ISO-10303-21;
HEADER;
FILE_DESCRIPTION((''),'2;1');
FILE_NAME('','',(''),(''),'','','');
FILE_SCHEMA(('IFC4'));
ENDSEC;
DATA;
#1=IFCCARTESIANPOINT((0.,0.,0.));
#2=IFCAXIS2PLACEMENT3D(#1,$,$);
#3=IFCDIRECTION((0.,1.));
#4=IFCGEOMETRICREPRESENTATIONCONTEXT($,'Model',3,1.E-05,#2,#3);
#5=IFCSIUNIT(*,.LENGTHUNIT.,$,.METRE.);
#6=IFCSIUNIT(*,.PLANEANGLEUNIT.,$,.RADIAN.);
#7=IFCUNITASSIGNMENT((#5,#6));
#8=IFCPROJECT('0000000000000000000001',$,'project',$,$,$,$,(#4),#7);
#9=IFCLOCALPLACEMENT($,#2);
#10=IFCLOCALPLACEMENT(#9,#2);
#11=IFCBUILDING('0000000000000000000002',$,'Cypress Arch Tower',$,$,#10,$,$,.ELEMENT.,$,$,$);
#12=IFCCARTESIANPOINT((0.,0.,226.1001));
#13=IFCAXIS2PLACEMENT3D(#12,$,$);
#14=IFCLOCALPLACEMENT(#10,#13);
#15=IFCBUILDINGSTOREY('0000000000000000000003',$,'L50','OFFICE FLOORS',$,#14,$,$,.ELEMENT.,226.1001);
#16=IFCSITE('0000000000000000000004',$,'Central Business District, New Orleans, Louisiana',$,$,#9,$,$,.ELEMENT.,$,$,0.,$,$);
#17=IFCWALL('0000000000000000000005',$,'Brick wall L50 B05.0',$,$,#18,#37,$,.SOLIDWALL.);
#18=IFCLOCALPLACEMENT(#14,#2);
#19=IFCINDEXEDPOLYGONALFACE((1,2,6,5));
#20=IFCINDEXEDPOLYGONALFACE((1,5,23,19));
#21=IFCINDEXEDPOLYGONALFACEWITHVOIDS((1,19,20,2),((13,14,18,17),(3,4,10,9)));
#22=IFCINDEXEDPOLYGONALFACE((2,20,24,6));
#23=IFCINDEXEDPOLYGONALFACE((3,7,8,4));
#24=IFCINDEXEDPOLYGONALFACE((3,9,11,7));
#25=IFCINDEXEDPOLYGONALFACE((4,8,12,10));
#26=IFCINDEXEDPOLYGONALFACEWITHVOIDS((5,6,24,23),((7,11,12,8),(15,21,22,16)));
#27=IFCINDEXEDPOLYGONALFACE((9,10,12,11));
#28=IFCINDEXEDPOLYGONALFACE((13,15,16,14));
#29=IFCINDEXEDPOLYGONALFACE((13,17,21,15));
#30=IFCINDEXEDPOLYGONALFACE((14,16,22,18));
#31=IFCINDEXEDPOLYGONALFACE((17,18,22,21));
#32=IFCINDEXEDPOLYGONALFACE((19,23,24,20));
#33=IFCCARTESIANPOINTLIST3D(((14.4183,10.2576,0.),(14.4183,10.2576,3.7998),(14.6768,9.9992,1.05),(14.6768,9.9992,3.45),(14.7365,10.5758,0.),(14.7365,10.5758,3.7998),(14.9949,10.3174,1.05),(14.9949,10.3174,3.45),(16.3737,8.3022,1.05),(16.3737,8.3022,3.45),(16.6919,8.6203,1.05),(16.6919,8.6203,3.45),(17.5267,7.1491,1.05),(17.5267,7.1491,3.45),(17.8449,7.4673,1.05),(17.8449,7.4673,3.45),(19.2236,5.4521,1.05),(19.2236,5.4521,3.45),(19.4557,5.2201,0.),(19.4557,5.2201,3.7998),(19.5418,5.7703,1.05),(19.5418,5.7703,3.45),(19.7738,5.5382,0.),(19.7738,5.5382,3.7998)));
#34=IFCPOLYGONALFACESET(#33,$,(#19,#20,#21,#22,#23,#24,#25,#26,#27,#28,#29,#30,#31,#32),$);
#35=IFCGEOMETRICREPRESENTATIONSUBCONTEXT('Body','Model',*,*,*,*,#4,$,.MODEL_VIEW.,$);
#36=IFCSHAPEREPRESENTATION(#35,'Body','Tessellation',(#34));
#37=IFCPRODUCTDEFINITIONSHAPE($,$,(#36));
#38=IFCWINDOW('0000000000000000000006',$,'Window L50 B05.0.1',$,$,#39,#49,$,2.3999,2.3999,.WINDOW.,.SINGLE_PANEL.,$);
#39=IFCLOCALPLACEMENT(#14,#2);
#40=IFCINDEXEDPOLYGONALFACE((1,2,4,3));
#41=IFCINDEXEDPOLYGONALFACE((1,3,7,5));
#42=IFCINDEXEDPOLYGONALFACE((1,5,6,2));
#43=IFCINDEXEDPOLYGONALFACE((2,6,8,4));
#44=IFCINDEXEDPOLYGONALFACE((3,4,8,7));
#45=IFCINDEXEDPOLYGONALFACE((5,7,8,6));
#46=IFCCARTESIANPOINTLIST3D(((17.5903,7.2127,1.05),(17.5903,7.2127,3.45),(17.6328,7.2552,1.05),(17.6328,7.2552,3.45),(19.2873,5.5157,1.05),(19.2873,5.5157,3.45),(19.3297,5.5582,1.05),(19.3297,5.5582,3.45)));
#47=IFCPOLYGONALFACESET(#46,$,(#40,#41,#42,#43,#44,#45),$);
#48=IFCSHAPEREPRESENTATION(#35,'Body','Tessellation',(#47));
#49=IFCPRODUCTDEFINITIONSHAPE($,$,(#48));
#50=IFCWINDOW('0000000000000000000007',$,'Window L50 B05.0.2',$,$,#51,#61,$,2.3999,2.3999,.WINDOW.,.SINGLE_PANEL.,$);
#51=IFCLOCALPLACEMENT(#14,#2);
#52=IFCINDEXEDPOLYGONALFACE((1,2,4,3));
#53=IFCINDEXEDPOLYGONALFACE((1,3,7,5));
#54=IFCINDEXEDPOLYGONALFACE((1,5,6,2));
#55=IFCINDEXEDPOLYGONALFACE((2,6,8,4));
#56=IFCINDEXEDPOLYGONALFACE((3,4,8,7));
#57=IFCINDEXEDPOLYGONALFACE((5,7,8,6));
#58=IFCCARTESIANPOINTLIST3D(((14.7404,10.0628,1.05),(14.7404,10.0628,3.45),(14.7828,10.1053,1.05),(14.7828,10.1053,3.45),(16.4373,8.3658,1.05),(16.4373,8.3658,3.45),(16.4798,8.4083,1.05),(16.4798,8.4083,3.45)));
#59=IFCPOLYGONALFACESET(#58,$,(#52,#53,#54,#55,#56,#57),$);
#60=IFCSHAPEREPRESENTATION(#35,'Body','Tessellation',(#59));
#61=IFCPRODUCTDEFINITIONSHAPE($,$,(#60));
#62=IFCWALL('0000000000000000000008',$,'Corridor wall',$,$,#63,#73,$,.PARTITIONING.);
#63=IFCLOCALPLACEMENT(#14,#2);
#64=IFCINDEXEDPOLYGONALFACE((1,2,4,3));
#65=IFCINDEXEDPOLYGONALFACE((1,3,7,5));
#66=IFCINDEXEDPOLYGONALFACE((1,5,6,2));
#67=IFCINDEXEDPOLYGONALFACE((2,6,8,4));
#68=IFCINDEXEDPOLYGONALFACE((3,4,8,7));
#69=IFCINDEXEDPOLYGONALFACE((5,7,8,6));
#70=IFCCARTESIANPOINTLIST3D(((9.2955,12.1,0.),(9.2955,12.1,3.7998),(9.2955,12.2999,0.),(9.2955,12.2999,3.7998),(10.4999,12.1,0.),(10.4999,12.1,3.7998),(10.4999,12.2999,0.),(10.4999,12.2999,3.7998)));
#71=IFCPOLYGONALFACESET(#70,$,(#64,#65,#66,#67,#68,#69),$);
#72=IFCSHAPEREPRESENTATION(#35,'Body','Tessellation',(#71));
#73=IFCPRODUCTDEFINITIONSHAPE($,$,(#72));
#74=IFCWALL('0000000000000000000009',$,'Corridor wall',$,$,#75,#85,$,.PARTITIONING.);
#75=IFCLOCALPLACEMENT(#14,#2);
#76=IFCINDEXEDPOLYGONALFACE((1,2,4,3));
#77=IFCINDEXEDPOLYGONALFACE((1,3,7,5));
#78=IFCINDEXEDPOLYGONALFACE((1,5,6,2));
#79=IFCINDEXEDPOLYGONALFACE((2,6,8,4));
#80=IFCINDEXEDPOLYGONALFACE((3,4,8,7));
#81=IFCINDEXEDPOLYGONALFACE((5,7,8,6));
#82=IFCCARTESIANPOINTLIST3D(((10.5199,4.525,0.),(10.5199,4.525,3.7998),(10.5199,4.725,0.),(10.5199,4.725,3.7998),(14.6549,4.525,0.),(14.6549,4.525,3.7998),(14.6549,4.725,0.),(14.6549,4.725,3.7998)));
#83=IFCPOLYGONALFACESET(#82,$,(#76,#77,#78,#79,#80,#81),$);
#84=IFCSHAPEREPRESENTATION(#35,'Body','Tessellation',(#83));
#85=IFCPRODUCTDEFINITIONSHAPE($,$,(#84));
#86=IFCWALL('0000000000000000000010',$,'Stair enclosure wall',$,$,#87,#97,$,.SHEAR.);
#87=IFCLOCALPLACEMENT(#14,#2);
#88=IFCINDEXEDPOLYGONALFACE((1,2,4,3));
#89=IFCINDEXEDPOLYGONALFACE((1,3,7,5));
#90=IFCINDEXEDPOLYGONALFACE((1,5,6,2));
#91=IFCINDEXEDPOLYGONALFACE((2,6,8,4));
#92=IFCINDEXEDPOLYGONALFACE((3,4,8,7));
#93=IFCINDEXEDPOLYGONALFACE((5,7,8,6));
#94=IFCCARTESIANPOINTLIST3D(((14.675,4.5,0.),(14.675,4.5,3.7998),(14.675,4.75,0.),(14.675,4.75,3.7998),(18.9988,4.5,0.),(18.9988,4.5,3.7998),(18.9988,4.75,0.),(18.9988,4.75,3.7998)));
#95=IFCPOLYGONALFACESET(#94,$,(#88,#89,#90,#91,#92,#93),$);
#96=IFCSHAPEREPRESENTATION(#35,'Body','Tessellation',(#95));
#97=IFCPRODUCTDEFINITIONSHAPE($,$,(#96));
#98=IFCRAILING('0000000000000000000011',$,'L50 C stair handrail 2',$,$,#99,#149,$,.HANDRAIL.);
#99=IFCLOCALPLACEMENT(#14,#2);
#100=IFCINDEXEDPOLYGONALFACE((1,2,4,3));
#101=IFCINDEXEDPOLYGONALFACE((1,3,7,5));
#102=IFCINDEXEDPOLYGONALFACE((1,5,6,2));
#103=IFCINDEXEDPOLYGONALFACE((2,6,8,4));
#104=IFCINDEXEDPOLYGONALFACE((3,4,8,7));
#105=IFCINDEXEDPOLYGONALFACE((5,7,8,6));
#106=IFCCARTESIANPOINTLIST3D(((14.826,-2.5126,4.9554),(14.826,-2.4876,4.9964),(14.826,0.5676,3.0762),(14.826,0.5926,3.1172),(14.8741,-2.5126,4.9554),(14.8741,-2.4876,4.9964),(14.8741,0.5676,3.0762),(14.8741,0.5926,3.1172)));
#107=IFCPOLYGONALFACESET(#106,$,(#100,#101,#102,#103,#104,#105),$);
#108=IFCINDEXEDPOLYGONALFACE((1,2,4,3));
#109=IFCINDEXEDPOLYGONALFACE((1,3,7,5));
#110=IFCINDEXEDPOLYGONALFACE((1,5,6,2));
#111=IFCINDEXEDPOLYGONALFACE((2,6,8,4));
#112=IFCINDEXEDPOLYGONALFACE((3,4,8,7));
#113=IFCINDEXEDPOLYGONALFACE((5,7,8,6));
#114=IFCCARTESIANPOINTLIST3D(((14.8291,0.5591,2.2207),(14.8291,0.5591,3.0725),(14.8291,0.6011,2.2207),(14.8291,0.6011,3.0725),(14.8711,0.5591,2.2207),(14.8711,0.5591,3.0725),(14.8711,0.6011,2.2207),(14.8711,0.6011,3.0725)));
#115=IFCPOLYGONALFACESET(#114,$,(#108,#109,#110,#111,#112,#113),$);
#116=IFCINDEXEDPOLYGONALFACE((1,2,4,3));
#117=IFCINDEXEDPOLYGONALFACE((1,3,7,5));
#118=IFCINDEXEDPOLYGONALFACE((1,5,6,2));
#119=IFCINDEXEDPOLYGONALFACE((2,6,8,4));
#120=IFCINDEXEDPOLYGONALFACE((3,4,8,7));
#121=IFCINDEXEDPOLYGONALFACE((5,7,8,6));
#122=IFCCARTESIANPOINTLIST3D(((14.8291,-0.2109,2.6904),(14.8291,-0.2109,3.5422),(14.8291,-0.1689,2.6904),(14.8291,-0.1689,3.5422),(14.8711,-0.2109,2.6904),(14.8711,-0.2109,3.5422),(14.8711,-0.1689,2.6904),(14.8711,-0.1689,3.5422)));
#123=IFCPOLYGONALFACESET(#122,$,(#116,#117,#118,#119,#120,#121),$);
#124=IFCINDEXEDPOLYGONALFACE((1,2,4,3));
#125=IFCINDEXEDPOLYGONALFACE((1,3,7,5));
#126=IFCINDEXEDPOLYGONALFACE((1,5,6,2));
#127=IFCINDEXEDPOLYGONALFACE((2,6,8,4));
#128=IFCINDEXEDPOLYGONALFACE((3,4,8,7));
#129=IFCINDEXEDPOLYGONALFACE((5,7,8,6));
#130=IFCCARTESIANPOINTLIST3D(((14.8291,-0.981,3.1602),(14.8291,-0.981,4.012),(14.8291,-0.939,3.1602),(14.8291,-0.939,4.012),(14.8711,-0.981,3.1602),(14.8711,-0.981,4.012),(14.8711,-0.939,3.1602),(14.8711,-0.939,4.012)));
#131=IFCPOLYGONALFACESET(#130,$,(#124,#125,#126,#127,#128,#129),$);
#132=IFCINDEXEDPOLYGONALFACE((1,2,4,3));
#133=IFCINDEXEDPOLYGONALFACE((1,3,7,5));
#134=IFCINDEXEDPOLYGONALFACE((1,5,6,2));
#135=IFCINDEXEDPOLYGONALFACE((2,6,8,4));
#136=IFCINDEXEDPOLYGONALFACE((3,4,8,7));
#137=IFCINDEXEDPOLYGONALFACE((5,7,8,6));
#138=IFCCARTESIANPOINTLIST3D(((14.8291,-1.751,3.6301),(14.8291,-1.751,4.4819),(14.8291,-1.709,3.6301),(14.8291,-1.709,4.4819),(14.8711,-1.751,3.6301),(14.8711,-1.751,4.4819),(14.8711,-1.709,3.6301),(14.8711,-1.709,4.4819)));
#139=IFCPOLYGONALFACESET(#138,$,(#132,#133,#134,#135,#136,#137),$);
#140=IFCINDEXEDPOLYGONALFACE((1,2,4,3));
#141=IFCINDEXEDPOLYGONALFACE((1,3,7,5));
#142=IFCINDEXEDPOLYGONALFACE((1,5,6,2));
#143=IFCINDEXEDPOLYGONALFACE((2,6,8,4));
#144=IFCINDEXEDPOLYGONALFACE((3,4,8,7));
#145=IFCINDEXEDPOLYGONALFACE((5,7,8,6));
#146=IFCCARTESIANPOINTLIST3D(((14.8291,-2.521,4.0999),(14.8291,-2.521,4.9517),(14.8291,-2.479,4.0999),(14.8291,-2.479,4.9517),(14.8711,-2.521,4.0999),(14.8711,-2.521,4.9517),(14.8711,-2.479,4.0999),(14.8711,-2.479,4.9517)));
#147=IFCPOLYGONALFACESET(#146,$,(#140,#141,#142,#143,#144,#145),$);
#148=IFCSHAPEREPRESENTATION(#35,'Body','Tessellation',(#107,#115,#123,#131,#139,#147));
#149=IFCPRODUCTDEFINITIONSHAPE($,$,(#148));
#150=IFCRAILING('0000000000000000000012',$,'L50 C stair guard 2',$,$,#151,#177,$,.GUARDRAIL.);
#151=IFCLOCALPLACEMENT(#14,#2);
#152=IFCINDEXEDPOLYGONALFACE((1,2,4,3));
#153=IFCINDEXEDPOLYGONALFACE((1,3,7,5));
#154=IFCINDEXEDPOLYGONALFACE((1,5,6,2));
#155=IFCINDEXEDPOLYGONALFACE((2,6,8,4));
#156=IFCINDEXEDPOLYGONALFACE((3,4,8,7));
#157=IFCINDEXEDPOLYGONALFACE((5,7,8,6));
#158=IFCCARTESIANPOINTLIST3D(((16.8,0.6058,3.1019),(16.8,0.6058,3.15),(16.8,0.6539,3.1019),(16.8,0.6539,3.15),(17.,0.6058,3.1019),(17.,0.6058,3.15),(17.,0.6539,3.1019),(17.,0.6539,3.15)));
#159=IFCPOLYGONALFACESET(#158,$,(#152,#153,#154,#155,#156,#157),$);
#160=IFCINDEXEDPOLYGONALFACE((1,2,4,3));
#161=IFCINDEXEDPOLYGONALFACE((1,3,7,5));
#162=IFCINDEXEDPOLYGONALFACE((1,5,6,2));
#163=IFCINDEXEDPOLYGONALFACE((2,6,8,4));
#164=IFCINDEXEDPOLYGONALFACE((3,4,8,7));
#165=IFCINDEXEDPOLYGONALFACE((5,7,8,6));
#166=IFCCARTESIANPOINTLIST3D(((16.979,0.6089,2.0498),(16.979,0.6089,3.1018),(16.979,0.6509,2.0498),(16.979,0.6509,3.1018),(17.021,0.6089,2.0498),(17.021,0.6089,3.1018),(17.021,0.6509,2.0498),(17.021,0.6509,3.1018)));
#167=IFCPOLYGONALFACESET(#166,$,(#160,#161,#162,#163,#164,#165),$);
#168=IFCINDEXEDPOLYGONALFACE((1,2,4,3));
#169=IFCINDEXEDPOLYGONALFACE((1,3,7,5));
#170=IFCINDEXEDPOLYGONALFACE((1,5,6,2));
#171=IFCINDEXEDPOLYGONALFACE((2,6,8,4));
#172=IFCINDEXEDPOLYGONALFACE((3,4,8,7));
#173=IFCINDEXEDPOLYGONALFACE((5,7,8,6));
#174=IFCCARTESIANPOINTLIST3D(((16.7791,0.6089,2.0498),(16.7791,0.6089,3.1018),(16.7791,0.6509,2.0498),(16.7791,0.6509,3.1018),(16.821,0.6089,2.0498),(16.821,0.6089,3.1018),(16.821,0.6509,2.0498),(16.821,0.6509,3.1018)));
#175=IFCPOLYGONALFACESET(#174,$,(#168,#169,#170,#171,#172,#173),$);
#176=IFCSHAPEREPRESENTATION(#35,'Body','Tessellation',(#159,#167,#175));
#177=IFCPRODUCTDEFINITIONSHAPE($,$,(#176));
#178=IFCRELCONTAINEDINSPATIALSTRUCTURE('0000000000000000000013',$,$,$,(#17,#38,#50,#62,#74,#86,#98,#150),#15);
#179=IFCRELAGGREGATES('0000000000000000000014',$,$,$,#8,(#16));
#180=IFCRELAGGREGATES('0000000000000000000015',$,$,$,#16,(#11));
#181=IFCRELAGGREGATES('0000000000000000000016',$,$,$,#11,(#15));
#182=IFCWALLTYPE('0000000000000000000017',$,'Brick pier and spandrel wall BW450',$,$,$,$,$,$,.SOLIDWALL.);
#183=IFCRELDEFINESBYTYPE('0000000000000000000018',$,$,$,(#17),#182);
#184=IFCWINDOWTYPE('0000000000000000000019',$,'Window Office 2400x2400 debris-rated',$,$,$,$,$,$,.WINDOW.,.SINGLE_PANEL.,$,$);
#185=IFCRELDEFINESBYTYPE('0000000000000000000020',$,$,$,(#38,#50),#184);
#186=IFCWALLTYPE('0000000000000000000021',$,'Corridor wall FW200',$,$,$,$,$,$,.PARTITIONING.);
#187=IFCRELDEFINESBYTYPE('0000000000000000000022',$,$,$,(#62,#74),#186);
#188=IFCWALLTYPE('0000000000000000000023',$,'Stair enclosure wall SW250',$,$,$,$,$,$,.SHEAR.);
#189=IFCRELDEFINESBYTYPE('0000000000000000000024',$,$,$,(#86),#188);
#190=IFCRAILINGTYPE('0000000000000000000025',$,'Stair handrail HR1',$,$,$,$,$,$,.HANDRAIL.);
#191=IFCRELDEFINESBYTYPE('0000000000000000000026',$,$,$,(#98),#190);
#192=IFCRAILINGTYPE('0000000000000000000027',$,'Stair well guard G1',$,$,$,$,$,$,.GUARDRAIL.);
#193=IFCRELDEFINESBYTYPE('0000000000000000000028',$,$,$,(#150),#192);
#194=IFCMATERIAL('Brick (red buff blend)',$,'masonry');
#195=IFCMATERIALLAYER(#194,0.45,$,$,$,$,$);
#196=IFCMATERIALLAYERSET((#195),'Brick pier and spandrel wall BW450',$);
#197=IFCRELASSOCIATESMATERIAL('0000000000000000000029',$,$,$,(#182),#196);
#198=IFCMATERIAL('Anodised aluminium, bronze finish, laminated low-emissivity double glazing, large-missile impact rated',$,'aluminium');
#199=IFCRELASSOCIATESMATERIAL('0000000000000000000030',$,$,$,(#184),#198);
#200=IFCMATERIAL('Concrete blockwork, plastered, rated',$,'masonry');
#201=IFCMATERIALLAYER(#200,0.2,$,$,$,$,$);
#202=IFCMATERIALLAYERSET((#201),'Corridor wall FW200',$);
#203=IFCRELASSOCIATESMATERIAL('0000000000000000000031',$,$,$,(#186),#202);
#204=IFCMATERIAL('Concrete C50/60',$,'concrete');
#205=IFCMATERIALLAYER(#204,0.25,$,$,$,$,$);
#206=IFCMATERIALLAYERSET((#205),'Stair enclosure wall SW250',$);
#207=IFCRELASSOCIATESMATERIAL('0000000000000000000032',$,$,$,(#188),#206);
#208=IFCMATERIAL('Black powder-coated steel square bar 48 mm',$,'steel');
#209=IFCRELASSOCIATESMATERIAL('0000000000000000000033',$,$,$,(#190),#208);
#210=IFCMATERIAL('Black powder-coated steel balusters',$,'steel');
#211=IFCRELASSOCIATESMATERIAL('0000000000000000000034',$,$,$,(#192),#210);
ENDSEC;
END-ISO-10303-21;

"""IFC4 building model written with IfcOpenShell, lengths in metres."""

from ifc_helpers import new_model, si_unit, direction, frame, frame_2d, origin, origin_2d, place, context, subcontext, project, spatial, rectangle, extrude, material, layer, layer_set, type_object, element, fill, save


model = new_model("IFC4")

# Units and contexts
model_context = context("Model", 3, precision=1e-05, world=origin(), true_north=direction((0.0, 1.0)))
body_context = subcontext(model_context, "Body", "Model", "MODEL_VIEW")
ifc_project = project(units=[si_unit("LENGTHUNIT", "METRE"), si_unit("PLANEANGLEUNIT", "RADIAN")], contexts=[model_context])

# Site, building, storey
site_placement = place(None, origin())
site = spatial("IfcSite", under=ifc_project, at=site_placement, Name="Central Business District, New Orleans, Louisiana", CompositionType="ELEMENT", RefElevation=0.0)
building_placement = place(site_placement, origin())
building = spatial("IfcBuilding", under=site, at=building_placement, Name="Cypress Arch Tower", CompositionType="ELEMENT")
storey_placement = place(building_placement, frame((0.0, 0.0, 226.1001)))
storey = spatial("IfcBuildingStorey", under=building, at=storey_placement, Name="L50", Description="OFFICE FLOORS", CompositionType="ELEMENT", Elevation=226.1001)

# Wall, openings, windows
ifc_material_1 = material(Name="Brick (red buff blend)", Category="masonry")
ifc_layer_1 = layer(ifc_material_1, 0.45)
ifc_layer_set_1 = layer_set([ifc_layer_1], Name="Brick pier and spandrel wall BW450")
wall_type_1 = type_object("IfcWallType", Name="Brick pier and spandrel wall BW450", PredefinedType="SOLIDWALL", material=ifc_layer_set_1)
wall_1_placement = place(storey_placement, frame((19.6147, 5.3792, 0.0), z_axis=(0.0, 0.0, 1.0), x_axis=(-0.70709, 0.707124, 0.0)))
wall_1 = element("IfcWall", 1, at=wall_1_placement, inside=storey, type_object=wall_type_1, Name="Brick wall L50 B05.0", PredefinedType="SOLIDWALL", context=body_context, shape_type="SweptSolid", body=[
    extrude(rectangle(XDim=7.124, YDim=0.45, at=frame_2d((3.562, 0.0))), origin(), (0.0, 0.0, 1.0), 3.7998),
])
opening_1_placement = place(wall_1_placement, frame((0.3281, 0.0, 1.05)))
opening_1 = element("IfcOpeningElement", 2, at=opening_1_placement, cuts=wall_1, PredefinedType="OPENING", context=body_context, shape_type="SweptSolid", body=[
    extrude(rectangle(XDim=2.3999, YDim=2.3999, at=frame_2d((1.2, 1.2))), frame((0.0, 0.2349, 0.0), z_axis=(0.0, -1.0, 0.0), x_axis=(1.0, 0.0, 0.0)), (0.0, 0.0, 1.0), 0.47),
])
opening_2_placement = place(wall_1_placement, frame((4.3586, 0.0, 1.05)))
opening_2 = element("IfcOpeningElement", 3, at=opening_2_placement, cuts=wall_1, PredefinedType="OPENING", context=body_context, shape_type="SweptSolid", body=[
    extrude(rectangle(XDim=2.3999, YDim=2.3999, at=frame_2d((1.2, 1.2))), frame((0.0, 0.2349, 0.0), z_axis=(0.0, -1.0, 0.0), x_axis=(1.0, 0.0, 0.0)), (0.0, 0.0, 1.0), 0.47),
])
ifc_material_2 = material(Name="Anodised aluminium, bronze finish, laminated low-emissivity double glazing, large-missile impact rated", Category="aluminium")
window_type = type_object("IfcWindowType", Name="Window Office 2400x2400 debris-rated", PartitioningType="SINGLE_PANEL", PredefinedType="WINDOW", material=ifc_material_2)
window_1_placement = place(opening_1_placement, origin())
window_1 = element("IfcWindow", 4, at=window_1_placement, inside=storey, type_object=window_type, Name="Window L50 B05.0.1", OverallHeight=2.3999, OverallWidth=2.3999, PartitioningType="SINGLE_PANEL", PredefinedType="WINDOW", context=body_context, shape_type="SweptSolid", body=[
    extrude(rectangle(XDim=2.3999, YDim=2.3999, at=frame_2d((1.2, 1.2))), frame((0.0, 0.135, 0.0), z_axis=(0.0, -1.0, 0.0), x_axis=(1.0, 0.0, 0.0)), (0.0, 0.0, 1.0), 0.0601),
])
fill(opening_1, window_1)
window_2_placement = place(opening_2_placement, origin())
window_2 = element("IfcWindow", 5, at=window_2_placement, inside=storey, type_object=window_type, Name="Window L50 B05.0.2", OverallHeight=2.3999, OverallWidth=2.3999, PartitioningType="SINGLE_PANEL", PredefinedType="WINDOW", context=body_context, shape_type="SweptSolid", body=[
    extrude(rectangle(XDim=2.3999, YDim=2.3999, at=frame_2d((1.2, 1.2))), frame((0.0, 0.135, 0.0), z_axis=(0.0, -1.0, 0.0), x_axis=(1.0, 0.0, 0.0)), (0.0, 0.0, 1.0), 0.0601),
])
fill(opening_2, window_2)

# Walls
ifc_material_3 = material(Name="Concrete blockwork, plastered, rated", Category="masonry")
ifc_layer_2 = layer(ifc_material_3, 0.2)
ifc_layer_set_2 = layer_set([ifc_layer_2], Name="Corridor wall FW200")
wall_type_2 = type_object("IfcWallType", Name="Corridor wall FW200", PredefinedType="PARTITIONING", material=ifc_layer_set_2)
wall_2_placement = place(storey_placement, frame((9.2957, 12.2, 0.0), z_axis=(0.0, 0.0, 1.0), x_axis=(1.0, 0.0, 0.0)))
element("IfcWall", 6, at=wall_2_placement, inside=storey, type_object=wall_type_2, Name="Corridor wall", PredefinedType="PARTITIONING", context=body_context, shape_type="SweptSolid", body=[
    extrude(rectangle(XDim=1.2043, YDim=0.2, at=frame_2d((0.6021, 0.0))), origin(), (0.0, 0.0, 1.0), 3.7998),
])
wall_3_placement = place(storey_placement, frame((10.52, 4.625, 0.0), z_axis=(0.0, 0.0, 1.0), x_axis=(1.0, 0.0, 0.0)))
element("IfcWall", 7, at=wall_3_placement, inside=storey, type_object=wall_type_2, Name="Corridor wall", PredefinedType="PARTITIONING", context=body_context, shape_type="SweptSolid", body=[
    extrude(rectangle(XDim=4.135, YDim=0.2, at=frame_2d((2.0674, 0.0))), origin(), (0.0, 0.0, 1.0), 3.7998),
])
ifc_material_4 = material(Name="Concrete C50/60", Category="concrete")
ifc_layer_3 = layer(ifc_material_4, 0.25)
ifc_layer_set_3 = layer_set([ifc_layer_3], Name="Stair enclosure wall SW250")
wall_type_3 = type_object("IfcWallType", Name="Stair enclosure wall SW250", PredefinedType="SHEAR", material=ifc_layer_set_3)
wall_4_placement = place(storey_placement, frame((14.675, 4.625, 0.0), z_axis=(0.0, 0.0, 1.0), x_axis=(1.0, 0.0, 0.0)))
element("IfcWall", 8, at=wall_4_placement, inside=storey, type_object=wall_type_3, Name="Stair enclosure wall", PredefinedType="SHEAR", context=body_context, shape_type="SweptSolid", body=[
    extrude(rectangle(XDim=4.3237, YDim=0.25, at=frame_2d((2.1619, 0.0))), origin(), (0.0, 0.0, 1.0), 3.7998),
])

# Railings
ifc_material_5 = material(Name="Black powder-coated steel square bar 48 mm", Category="steel")
railing_type_1 = type_object("IfcRailingType", Name="Stair handrail HR1", PredefinedType="HANDRAIL", material=ifc_material_5)
railing_1_placement = place(storey_placement, frame((14.8501, 0.5801, 2.2207)))
element("IfcRailing", 9, at=railing_1_placement, inside=storey, type_object=railing_type_1, Name="L50 C stair handrail 2", PredefinedType="HANDRAIL", context=body_context, shape_type="SweptSolid", body=[
    extrude(rectangle(XDim=0.0481, YDim=0.0481, at=origin_2d()), frame((0.0, 0.0, 0.876), z_axis=(0.0, -0.853666, 0.52082), x_axis=(1.0, 0.0, 0.0)), (0.0, 0.0, 1.0), 3.6082),
    extrude(rectangle(XDim=0.042, YDim=0.042, at=origin_2d()), origin(), (0.0, 0.0, 1.0), 0.8518),
    extrude(rectangle(XDim=0.042, YDim=0.042, at=origin_2d()), frame((0.0, -0.77, 0.4697)), (0.0, 0.0, 1.0), 0.8518),
    extrude(rectangle(XDim=0.042, YDim=0.042, at=origin_2d()), frame((0.0, -1.54, 0.9395)), (0.0, 0.0, 1.0), 0.8518),
    extrude(rectangle(XDim=0.042, YDim=0.042, at=origin_2d()), frame((0.0, -2.3101, 1.4094)), (0.0, 0.0, 1.0), 0.8518),
    extrude(rectangle(XDim=0.042, YDim=0.042, at=origin_2d()), frame((0.0, -3.0801, 1.8792)), (0.0, 0.0, 1.0), 0.8518),
])
ifc_material_6 = material(Name="Black powder-coated steel balusters", Category="steel")
railing_type_2 = type_object("IfcRailingType", Name="Stair well guard G1", PredefinedType="GUARDRAIL", material=ifc_material_6)
railing_2_placement = place(storey_placement, frame((17.0, 0.6299, 2.0498)))
element("IfcRailing", 10, at=railing_2_placement, inside=storey, type_object=railing_type_2, Name="L50 C stair guard 2", PredefinedType="GUARDRAIL", context=body_context, shape_type="SweptSolid", body=[
    extrude(rectangle(XDim=0.0481, YDim=0.0481, at=origin_2d()), frame((0.0, 0.0, 1.0762), z_axis=(-1.0, 0.0, 0.0), x_axis=(0.0, -1.0, 0.0)), (0.0, 0.0, 1.0), 0.2),
    extrude(rectangle(XDim=0.042, YDim=0.042, at=origin_2d()), origin(), (0.0, 0.0, 1.0), 1.052),
    extrude(rectangle(XDim=0.042, YDim=0.042, at=origin_2d()), frame((-0.2, 0.0, 0.0)), (0.0, 0.0, 1.0), 1.052),
])

save(model, "model.ifc")
